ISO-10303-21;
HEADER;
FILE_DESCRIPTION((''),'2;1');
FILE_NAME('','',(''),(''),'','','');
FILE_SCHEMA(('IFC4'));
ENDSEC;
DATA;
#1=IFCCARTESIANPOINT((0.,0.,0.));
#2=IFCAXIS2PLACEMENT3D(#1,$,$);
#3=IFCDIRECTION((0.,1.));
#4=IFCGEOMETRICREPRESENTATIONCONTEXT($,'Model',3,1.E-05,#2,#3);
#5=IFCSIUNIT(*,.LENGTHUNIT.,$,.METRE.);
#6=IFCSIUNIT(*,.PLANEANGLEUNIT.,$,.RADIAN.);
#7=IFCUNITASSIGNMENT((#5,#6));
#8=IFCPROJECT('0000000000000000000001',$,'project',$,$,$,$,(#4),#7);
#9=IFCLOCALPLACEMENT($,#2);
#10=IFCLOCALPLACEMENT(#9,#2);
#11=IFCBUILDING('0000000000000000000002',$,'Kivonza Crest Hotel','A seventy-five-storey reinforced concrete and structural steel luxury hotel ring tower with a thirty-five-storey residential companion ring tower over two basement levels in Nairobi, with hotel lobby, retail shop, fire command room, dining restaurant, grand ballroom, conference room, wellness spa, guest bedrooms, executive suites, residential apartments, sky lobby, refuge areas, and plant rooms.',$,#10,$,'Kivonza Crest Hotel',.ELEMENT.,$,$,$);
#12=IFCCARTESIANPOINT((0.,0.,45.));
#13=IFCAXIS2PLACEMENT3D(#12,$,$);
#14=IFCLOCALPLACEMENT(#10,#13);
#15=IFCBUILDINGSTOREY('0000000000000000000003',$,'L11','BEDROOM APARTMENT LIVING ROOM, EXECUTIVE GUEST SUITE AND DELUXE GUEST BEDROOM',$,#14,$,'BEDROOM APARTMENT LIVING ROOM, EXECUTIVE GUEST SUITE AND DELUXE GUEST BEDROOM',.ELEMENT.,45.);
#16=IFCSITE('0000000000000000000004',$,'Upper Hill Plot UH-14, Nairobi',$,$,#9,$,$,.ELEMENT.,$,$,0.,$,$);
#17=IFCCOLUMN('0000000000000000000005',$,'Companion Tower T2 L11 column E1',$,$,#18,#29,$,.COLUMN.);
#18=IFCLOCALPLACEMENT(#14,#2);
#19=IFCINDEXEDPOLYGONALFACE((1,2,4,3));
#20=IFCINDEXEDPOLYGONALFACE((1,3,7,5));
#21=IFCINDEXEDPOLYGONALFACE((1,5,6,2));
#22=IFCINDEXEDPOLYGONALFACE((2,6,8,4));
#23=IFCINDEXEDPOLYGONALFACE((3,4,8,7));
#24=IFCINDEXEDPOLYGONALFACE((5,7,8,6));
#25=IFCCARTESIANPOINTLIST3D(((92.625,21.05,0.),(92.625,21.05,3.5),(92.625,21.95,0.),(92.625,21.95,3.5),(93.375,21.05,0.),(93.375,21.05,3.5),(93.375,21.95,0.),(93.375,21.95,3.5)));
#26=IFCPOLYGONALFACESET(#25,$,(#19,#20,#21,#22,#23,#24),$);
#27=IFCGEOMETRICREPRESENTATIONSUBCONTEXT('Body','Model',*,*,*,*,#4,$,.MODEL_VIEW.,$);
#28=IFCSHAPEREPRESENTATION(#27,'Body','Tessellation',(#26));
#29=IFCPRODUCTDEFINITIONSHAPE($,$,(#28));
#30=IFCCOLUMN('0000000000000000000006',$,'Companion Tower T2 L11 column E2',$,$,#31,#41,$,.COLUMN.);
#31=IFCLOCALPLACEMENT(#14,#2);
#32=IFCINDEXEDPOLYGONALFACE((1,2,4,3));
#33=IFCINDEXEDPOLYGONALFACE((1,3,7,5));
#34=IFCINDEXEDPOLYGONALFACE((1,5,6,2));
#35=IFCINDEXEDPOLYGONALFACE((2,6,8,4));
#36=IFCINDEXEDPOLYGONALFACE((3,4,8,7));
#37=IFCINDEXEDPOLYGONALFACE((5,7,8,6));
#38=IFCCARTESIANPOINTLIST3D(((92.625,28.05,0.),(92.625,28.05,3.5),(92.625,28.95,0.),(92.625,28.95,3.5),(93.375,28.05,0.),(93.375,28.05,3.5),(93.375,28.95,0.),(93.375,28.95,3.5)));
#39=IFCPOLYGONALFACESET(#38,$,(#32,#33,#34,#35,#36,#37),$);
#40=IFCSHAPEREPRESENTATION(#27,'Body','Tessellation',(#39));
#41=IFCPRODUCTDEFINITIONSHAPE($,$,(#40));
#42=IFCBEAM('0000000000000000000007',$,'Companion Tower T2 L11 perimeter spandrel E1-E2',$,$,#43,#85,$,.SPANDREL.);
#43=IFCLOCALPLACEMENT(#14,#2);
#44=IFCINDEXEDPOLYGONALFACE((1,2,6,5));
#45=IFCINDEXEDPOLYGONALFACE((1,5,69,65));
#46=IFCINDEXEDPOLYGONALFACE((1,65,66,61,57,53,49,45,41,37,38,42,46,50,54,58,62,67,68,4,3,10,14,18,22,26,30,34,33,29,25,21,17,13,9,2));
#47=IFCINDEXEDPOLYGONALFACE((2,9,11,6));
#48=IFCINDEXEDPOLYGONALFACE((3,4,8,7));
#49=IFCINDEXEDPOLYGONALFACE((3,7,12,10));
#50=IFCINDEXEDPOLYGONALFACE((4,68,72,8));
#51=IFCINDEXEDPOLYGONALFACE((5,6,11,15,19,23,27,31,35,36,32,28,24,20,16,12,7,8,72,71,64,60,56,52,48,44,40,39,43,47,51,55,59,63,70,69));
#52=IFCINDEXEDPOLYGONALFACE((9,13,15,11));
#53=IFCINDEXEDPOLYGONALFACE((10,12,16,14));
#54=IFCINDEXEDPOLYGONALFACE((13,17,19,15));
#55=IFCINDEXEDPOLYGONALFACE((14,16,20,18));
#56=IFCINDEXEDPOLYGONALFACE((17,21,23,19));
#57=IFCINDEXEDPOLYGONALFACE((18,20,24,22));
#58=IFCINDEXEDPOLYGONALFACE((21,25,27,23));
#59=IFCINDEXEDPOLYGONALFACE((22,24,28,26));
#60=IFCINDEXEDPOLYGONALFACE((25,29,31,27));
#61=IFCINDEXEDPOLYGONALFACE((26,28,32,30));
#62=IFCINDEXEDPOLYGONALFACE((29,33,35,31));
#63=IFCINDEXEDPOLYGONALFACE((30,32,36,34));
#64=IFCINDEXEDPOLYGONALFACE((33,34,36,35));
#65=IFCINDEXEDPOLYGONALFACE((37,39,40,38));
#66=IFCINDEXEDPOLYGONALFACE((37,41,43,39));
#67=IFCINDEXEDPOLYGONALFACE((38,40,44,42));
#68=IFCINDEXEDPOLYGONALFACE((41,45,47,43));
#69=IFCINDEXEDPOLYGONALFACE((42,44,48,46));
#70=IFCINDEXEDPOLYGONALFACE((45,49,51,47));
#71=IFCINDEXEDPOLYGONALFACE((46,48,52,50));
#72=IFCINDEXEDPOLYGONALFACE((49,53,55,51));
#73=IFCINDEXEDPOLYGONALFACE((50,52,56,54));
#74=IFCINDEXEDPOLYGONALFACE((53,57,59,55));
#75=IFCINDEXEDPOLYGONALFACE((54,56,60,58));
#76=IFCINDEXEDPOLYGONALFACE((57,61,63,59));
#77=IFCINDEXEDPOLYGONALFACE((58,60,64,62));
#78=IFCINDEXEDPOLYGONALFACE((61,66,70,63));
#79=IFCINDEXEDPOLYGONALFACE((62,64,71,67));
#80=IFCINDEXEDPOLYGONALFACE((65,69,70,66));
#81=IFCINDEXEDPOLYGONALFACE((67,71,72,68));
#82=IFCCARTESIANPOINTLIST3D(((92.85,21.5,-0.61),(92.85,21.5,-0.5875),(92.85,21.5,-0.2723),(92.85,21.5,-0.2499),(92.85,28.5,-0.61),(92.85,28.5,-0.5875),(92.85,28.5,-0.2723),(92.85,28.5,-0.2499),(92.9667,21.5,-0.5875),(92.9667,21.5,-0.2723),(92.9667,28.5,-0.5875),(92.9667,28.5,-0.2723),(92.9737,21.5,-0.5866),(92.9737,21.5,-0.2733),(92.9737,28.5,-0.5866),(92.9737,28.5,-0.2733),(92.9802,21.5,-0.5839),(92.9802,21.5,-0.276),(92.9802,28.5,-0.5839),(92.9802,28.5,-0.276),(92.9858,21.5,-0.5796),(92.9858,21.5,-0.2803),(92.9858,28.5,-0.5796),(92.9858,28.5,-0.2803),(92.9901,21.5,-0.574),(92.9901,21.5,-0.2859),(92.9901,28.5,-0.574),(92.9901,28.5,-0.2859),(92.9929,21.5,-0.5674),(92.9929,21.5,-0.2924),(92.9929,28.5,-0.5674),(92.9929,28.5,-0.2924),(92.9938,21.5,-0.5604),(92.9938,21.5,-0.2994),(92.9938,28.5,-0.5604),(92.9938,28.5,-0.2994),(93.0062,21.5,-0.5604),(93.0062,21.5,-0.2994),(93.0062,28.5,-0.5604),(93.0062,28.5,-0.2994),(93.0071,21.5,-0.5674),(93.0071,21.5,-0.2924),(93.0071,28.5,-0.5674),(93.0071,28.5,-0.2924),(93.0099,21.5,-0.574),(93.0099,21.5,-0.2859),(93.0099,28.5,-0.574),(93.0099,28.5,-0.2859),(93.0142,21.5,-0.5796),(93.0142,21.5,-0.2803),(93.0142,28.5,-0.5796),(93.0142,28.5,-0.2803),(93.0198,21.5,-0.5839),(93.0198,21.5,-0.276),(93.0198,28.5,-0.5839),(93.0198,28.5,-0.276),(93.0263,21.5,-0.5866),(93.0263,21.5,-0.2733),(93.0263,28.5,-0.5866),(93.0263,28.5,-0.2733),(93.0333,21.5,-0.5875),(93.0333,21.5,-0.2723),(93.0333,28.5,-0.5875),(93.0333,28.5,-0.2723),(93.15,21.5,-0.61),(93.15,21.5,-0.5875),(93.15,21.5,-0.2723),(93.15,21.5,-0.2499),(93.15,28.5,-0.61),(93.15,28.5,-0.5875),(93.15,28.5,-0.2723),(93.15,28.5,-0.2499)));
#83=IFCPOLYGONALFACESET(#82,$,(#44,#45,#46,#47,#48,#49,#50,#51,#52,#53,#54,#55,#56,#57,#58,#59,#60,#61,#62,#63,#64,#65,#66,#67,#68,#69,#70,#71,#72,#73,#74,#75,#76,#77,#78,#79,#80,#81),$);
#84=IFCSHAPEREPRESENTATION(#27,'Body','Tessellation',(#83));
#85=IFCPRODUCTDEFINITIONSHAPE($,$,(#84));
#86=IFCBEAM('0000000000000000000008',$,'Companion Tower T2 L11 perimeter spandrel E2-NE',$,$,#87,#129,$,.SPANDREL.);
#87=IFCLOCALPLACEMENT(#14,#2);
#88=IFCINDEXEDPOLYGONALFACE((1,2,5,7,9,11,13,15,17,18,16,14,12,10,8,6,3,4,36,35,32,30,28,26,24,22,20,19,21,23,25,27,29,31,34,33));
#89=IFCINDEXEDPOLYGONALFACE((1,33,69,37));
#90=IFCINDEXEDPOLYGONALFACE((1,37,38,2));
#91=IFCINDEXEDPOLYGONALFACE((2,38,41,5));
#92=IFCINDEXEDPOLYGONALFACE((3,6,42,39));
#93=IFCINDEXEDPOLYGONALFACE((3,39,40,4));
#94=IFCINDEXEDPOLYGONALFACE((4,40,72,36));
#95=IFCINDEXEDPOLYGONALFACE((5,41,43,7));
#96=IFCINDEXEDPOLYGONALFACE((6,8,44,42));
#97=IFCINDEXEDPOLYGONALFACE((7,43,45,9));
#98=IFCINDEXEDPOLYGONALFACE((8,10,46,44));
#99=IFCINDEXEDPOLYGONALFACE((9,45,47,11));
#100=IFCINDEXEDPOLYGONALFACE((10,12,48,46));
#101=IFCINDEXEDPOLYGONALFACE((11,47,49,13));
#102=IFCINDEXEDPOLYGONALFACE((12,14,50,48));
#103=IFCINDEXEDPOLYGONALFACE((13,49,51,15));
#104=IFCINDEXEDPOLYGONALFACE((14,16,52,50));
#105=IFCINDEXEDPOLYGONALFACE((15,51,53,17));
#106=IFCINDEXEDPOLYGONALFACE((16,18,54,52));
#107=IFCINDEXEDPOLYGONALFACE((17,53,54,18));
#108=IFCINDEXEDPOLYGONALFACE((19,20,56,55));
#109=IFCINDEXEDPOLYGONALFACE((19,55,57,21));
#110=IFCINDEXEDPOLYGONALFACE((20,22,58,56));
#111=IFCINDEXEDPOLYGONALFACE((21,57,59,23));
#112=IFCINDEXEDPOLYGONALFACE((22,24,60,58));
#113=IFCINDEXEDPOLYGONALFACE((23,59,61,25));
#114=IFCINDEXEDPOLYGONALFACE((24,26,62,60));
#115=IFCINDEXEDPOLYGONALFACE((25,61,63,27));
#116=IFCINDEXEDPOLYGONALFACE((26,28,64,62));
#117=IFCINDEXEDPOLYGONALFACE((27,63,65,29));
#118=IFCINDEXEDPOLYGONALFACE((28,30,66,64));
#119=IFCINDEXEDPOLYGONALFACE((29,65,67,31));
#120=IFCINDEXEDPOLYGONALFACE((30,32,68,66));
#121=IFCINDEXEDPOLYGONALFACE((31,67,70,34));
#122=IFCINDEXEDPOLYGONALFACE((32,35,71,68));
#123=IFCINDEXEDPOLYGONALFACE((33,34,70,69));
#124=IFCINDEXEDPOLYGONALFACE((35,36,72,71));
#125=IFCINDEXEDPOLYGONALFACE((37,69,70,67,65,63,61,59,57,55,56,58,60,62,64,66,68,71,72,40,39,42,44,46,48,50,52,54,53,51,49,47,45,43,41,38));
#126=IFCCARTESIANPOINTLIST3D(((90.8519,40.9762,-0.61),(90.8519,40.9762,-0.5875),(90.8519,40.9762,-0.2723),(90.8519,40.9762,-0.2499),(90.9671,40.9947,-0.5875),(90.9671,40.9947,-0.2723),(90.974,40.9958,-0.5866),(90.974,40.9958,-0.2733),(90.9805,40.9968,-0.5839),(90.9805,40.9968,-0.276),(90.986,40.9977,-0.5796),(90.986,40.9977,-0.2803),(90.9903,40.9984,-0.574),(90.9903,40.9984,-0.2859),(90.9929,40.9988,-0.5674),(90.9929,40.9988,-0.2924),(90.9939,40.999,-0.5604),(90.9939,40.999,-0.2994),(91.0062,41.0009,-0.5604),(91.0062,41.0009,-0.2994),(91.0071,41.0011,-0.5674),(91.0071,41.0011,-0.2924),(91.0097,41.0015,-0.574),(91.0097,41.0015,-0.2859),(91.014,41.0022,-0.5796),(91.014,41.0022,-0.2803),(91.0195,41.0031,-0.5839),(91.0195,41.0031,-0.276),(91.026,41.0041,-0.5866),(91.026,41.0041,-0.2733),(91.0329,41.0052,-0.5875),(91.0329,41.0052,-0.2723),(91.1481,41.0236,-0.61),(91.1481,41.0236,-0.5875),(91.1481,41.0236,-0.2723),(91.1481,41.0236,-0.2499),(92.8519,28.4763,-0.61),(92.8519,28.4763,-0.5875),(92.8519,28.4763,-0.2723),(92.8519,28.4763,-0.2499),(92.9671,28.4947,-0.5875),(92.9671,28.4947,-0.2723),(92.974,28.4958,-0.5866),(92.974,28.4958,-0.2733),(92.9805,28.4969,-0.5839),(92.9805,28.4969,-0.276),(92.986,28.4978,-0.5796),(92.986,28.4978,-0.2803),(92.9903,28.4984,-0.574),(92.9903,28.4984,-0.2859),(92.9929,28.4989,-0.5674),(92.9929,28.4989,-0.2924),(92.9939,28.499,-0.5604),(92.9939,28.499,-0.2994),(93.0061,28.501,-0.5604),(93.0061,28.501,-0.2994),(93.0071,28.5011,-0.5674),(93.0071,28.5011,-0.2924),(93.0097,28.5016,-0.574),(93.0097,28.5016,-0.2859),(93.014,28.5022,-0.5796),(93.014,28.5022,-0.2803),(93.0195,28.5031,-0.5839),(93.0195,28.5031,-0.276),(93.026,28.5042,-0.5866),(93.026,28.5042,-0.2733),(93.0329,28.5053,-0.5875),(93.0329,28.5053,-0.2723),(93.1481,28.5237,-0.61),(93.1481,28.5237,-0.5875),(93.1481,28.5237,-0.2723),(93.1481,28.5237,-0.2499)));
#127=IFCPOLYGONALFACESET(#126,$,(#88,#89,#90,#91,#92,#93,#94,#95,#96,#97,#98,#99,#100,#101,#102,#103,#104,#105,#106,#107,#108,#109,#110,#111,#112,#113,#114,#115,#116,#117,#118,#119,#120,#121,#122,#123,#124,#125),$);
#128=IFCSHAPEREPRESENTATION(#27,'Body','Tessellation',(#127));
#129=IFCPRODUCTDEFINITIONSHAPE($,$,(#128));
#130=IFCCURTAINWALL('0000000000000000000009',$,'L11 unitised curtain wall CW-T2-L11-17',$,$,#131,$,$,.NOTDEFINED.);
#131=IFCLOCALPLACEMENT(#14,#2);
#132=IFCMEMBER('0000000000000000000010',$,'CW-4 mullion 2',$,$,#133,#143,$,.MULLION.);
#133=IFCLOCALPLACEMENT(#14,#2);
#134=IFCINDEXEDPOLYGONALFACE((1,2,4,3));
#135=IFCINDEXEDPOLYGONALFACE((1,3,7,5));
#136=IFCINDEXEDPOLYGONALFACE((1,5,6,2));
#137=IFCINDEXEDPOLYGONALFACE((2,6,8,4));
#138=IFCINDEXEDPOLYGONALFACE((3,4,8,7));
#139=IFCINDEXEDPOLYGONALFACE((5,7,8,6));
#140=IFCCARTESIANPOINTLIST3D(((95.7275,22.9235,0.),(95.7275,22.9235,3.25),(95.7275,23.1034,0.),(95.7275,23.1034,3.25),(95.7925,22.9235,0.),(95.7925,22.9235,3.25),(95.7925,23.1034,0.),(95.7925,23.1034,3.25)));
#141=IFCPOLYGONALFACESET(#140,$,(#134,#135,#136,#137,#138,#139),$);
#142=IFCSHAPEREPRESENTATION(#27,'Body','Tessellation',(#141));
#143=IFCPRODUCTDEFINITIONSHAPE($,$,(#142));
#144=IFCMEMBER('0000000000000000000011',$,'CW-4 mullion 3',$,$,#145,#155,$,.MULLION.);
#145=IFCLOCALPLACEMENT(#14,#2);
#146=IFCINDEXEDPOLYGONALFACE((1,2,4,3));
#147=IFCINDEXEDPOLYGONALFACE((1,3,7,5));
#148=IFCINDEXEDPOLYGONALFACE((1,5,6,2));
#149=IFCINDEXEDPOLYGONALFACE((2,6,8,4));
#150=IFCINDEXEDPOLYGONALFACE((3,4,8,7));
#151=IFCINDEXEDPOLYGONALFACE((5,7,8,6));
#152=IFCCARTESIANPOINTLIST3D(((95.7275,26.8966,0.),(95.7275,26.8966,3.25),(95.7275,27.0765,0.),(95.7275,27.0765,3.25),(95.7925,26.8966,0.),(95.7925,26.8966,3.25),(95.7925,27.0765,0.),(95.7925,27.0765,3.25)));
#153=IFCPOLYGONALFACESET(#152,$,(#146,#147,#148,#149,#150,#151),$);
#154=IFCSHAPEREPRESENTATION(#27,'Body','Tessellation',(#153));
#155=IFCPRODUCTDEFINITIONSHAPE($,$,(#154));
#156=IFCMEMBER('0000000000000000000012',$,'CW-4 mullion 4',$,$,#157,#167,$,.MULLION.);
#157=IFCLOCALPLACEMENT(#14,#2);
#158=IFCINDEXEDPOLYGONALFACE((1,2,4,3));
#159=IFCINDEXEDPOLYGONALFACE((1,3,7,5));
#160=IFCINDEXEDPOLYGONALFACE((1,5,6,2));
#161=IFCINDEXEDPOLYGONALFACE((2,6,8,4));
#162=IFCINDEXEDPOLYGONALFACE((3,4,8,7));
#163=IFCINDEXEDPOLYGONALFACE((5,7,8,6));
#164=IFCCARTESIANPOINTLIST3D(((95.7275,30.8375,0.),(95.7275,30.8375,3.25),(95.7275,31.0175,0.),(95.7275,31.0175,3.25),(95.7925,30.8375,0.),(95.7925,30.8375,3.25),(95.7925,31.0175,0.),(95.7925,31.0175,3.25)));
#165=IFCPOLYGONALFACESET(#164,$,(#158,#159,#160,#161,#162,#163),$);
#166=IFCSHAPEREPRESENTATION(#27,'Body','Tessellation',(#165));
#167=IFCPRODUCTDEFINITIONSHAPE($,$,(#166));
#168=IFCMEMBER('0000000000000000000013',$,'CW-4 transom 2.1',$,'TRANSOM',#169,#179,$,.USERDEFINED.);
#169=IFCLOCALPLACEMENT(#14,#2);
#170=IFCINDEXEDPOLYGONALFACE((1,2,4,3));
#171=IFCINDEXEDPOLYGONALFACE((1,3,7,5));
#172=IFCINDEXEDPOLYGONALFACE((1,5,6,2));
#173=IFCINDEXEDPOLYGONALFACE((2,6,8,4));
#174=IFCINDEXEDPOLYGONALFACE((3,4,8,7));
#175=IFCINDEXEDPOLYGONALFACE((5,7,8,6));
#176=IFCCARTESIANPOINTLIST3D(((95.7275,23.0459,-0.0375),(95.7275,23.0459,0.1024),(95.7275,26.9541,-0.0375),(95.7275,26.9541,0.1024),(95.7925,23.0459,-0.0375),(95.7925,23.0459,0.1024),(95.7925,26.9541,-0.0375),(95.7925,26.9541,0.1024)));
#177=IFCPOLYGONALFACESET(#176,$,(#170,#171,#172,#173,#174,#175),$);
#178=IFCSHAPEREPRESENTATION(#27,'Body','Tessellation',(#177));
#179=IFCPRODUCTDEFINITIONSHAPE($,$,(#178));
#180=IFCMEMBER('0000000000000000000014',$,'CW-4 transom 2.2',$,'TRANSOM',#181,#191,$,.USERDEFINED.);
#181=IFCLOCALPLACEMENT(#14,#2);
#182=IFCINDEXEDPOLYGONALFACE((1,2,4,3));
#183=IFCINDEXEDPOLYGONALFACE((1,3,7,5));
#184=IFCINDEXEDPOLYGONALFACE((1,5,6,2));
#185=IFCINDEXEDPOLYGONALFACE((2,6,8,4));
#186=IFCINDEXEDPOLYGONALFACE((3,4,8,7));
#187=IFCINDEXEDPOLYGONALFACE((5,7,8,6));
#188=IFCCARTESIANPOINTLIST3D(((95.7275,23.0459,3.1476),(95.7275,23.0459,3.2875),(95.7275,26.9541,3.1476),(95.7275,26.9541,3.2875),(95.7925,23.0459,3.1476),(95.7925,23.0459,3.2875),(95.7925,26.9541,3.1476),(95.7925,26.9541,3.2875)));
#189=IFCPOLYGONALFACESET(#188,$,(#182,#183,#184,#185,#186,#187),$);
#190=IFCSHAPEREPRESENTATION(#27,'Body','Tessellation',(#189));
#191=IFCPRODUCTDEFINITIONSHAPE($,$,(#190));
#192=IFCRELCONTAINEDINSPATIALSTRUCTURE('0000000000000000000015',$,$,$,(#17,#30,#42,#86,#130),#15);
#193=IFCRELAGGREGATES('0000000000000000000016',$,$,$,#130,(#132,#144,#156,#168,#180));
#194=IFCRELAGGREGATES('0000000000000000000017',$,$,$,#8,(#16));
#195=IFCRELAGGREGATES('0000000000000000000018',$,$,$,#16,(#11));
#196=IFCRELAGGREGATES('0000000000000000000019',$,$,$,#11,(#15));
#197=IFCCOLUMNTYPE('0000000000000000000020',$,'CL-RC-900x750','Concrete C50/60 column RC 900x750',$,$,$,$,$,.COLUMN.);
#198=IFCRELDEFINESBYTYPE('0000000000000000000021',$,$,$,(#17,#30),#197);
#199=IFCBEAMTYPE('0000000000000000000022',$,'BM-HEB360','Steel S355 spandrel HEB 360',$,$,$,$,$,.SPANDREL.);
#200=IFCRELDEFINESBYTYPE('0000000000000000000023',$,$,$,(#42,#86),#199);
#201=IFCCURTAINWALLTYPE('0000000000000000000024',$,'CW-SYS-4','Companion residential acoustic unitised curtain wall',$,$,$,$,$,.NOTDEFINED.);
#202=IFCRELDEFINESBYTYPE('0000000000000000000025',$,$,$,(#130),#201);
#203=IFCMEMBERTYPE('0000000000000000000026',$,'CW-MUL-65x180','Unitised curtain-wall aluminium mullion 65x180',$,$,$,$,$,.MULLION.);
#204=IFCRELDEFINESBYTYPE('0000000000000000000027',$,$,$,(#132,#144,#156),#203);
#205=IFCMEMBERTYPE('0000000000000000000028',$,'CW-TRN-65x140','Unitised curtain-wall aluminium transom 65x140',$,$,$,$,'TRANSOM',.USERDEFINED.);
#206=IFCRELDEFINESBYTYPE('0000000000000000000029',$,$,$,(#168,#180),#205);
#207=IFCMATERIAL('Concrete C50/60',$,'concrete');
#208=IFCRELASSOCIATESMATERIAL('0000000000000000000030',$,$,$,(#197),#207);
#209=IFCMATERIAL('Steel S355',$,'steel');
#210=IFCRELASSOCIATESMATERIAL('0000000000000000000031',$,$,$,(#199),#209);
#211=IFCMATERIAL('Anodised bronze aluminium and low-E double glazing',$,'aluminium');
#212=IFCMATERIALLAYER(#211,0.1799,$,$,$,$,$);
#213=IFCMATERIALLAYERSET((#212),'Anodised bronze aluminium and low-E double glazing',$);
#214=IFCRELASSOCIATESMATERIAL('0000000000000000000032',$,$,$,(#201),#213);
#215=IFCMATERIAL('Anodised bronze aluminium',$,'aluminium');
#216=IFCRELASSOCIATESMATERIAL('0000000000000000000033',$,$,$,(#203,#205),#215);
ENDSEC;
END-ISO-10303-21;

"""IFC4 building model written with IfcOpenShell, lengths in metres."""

from ifc_helpers import new_model, si_unit, direction, frame, origin, origin_2d, place, context, subcontext, project, spatial, rectangle, i_section, extrude, material, layer, layer_set, material_profile, profile_set, type_object, element, aggregate, save


model = new_model("IFC4")

# Units and contexts
model_context = context("Model", 3, precision=1e-05, world=origin(), true_north=direction((0.0, 1.0)))
body_context = subcontext(model_context, "Body", "Model", "MODEL_VIEW")
ifc_project = project(units=[si_unit("LENGTHUNIT", "METRE"), si_unit("PLANEANGLEUNIT", "RADIAN")], contexts=[model_context])

# Site, building, storey
site_placement = place(None, origin())
site = spatial("IfcSite", under=ifc_project, at=site_placement, Name="Upper Hill Plot UH-14, Nairobi", CompositionType="ELEMENT", RefElevation=0.0)
building_placement = place(site_placement, origin())
building = spatial("IfcBuilding", under=site, at=building_placement, Name="Kivonza Crest Hotel", Description="A seventy-five-storey reinforced concrete and structural steel luxury hotel ring tower with a thirty-five-storey residential companion ring tower over two basement levels in Nairobi, with hotel lobby, retail shop, fire command room, dining restaurant, grand ballroom, conference room, wellness spa, guest bedrooms, executive suites, residential apartments, sky lobby, refuge areas, and plant rooms.", LongName="Kivonza Crest Hotel", CompositionType="ELEMENT")
storey_placement = place(building_placement, frame((0.0, 0.0, 45.0)))
storey = spatial("IfcBuildingStorey", under=building, at=storey_placement, Name="L11", Description="BEDROOM APARTMENT LIVING ROOM, EXECUTIVE GUEST SUITE AND DELUXE GUEST BEDROOM", LongName="BEDROOM APARTMENT LIVING ROOM, EXECUTIVE GUEST SUITE AND DELUXE GUEST BEDROOM", CompositionType="ELEMENT", Elevation=45.0)

# Columns
ifc_material_1 = material(Name="Concrete C50/60", Category="concrete")
ifc_material_profile_1 = material_profile(ifc_material_1, rectangle(XDim=0.75, YDim=0.8999, at=origin_2d()), Name="RC 900x750")
ifc_profile_set_1 = profile_set([ifc_material_profile_1], Name="Concrete C50/60")
column_type = type_object("IfcColumnType", Name="CL-RC-900x750", Description="Concrete C50/60 column RC 900x750", PredefinedType="COLUMN", material=ifc_profile_set_1)
for number, where, z_axis, x_axis, name in (
    (1, (93.0, 21.5, 0.0), (0.0, 0.0, 1.0), (1.0, 0.0, 0.0), "Companion Tower T2 L11 column E1"),
    (2, (93.0, 28.5, 0.0), (0.0, 0.0, 1.0), (1.0, 0.0, 0.0), "Companion Tower T2 L11 column E2"),
):
    element("IfcColumn", number, at=place(storey_placement, frame(where, z_axis=z_axis, x_axis=x_axis)), inside=storey, type_object=column_type, Name=name, PredefinedType="COLUMN", context=body_context, shape_type="SweptSolid", body=[
        extrude(rectangle(XDim=0.75, YDim=0.8999, at=origin_2d()), origin(), (0.0, 0.0, 1.0), 3.5),
    ])

# Beams
ifc_material_2 = material(Name="Steel S355", Category="steel")
ifc_material_profile_2 = material_profile(ifc_material_2, i_section(OverallWidth=0.3, OverallDepth=0.3601, WebThickness=0.0125, FlangeThickness=0.0225, FilletRadius=0.0271, at=origin_2d()), Name="HEB 360")
ifc_profile_set_2 = profile_set([ifc_material_profile_2], Name="Steel S355")
beam_type = type_object("IfcBeamType", Name="BM-HEB360", Description="Steel S355 spandrel HEB 360", PredefinedType="SPANDREL", material=ifc_profile_set_2)
beam_1_placement = place(storey_placement, frame((93.0, 21.5, -0.4299), z_axis=(0.0, 1.0, 0.0), x_axis=(-1.0, 0.0, 0.0)))
element("IfcBeam", 3, at=beam_1_placement, inside=storey, type_object=beam_type, Name="Companion Tower T2 L11 perimeter spandrel E1-E2", PredefinedType="SPANDREL", context=body_context, shape_type="SweptSolid", body=[
    extrude(i_section(OverallWidth=0.3, OverallDepth=0.3601, WebThickness=0.0125, FlangeThickness=0.0225, FilletRadius=0.0271, at=origin_2d()), origin(), (0.0, 0.0, 1.0), 7.0),
])
beam_2_placement = place(storey_placement, frame((93.0, 28.5, -0.4299), z_axis=(-0.157991, 0.987441, 0.0), x_axis=(-0.987441, -0.157991, 0.0)))
element("IfcBeam", 4, at=beam_2_placement, inside=storey, type_object=beam_type, Name="Companion Tower T2 L11 perimeter spandrel E2-NE", PredefinedType="SPANDREL", context=body_context, shape_type="SweptSolid", body=[
    extrude(i_section(OverallWidth=0.3, OverallDepth=0.3601, WebThickness=0.0125, FlangeThickness=0.0225, FilletRadius=0.0271, at=origin_2d()), origin(), (0.0, 0.0, 1.0), 12.6589),
])

# Curtain wall, members
ifc_material_3 = material(Name="Anodised bronze aluminium and low-E double glazing", Category="aluminium")
ifc_layer_1 = layer(ifc_material_3, 0.1799)
ifc_layer_set_1 = layer_set([ifc_layer_1], Name="Anodised bronze aluminium and low-E double glazing")
curtain_wall_type = type_object("IfcCurtainWallType", Name="CW-SYS-4", Description="Companion residential acoustic unitised curtain wall", PredefinedType="NOTDEFINED", material=ifc_layer_set_1)
curtain_wall_placement = place(storey_placement, origin())
curtain_wall = element("IfcCurtainWall", 5, at=curtain_wall_placement, inside=storey, type_object=curtain_wall_type, Name="L11 unitised curtain wall CW-T2-L11-17", PredefinedType="NOTDEFINED")
ifc_material_4 = material(Name="Anodised bronze aluminium", Category="aluminium")
ifc_material_profile_3 = material_profile(ifc_material_4, rectangle(XDim=0.0649, YDim=0.1799, at=origin_2d()), Name="CW-M 65x180")
ifc_profile_set_3 = profile_set([ifc_material_profile_3], Name="Anodised bronze aluminium")
member_type_1 = type_object("IfcMemberType", Name="CW-MUL-65x180", Description="Unitised curtain-wall aluminium mullion 65x180", PredefinedType="MULLION", material=ifc_profile_set_3)
member_1_placement = place(storey_placement, frame((95.76, 23.0134, 0.0), z_axis=(0.0, 0.0, 1.0), x_axis=(-1.0, 0.0, 0.0)))
member_1 = element("IfcMember", 6, at=member_1_placement, type_object=member_type_1, Name="CW-4 mullion 2", PredefinedType="MULLION", context=body_context, shape_type="SweptSolid", body=[
    extrude(rectangle(XDim=0.0649, YDim=0.1799, at=origin_2d()), origin(), (0.0, 0.0, 1.0), 3.25),
])
member_2_placement = place(storey_placement, frame((95.76, 26.9866, 0.0), z_axis=(0.0, 0.0, 1.0), x_axis=(-1.0, 0.0, 0.0)))
member_2 = element("IfcMember", 7, at=member_2_placement, type_object=member_type_1, Name="CW-4 mullion 3", PredefinedType="MULLION", context=body_context, shape_type="SweptSolid", body=[
    extrude(rectangle(XDim=0.0649, YDim=0.1799, at=origin_2d()), origin(), (0.0, 0.0, 1.0), 3.25),
])
member_3_placement = place(storey_placement, frame((95.76, 30.9275, 0.0), z_axis=(0.0, 0.0, 1.0), x_axis=(-1.0, 0.0, 0.0)))
member_3 = element("IfcMember", 8, at=member_3_placement, type_object=member_type_1, Name="CW-4 mullion 4", PredefinedType="MULLION", context=body_context, shape_type="SweptSolid", body=[
    extrude(rectangle(XDim=0.0649, YDim=0.1799, at=origin_2d()), origin(), (0.0, 0.0, 1.0), 3.25),
])
ifc_material_profile_4 = material_profile(ifc_material_4, rectangle(XDim=0.0649, YDim=0.1399, at=origin_2d()), Name="CW-T 65x140")
ifc_profile_set_4 = profile_set([ifc_material_profile_4], Name="Anodised bronze aluminium")
member_type_2 = type_object("IfcMemberType", Name="CW-TRN-65x140", Description="Unitised curtain-wall aluminium transom 65x140", ElementType="TRANSOM", PredefinedType="USERDEFINED", material=ifc_profile_set_4)
member_4_placement = place(storey_placement, frame((95.76, 23.0459, 0.0325), z_axis=(0.0, 1.0, 0.0), x_axis=(-1.0, 0.0, 0.0)))
member_4 = element("IfcMember", 9, at=member_4_placement, type_object=member_type_2, Name="CW-4 transom 2.1", ObjectType="TRANSOM", PredefinedType="USERDEFINED", context=body_context, shape_type="SweptSolid", body=[
    extrude(rectangle(XDim=0.0649, YDim=0.1399, at=origin_2d()), origin(), (0.0, 0.0, 1.0), 3.9082),
])
member_5_placement = place(storey_placement, frame((95.76, 23.0459, 3.2175), z_axis=(0.0, 1.0, 0.0), x_axis=(-1.0, 0.0, 0.0)))
member_5 = element("IfcMember", 10, at=member_5_placement, type_object=member_type_2, Name="CW-4 transom 2.2", ObjectType="TRANSOM", PredefinedType="USERDEFINED", context=body_context, shape_type="SweptSolid", body=[
    extrude(rectangle(XDim=0.0649, YDim=0.1399, at=origin_2d()), origin(), (0.0, 0.0, 1.0), 3.9082),
])
aggregate(curtain_wall, [member_1, member_2, member_3, member_4, member_5])

save(model, "model.ifc")
